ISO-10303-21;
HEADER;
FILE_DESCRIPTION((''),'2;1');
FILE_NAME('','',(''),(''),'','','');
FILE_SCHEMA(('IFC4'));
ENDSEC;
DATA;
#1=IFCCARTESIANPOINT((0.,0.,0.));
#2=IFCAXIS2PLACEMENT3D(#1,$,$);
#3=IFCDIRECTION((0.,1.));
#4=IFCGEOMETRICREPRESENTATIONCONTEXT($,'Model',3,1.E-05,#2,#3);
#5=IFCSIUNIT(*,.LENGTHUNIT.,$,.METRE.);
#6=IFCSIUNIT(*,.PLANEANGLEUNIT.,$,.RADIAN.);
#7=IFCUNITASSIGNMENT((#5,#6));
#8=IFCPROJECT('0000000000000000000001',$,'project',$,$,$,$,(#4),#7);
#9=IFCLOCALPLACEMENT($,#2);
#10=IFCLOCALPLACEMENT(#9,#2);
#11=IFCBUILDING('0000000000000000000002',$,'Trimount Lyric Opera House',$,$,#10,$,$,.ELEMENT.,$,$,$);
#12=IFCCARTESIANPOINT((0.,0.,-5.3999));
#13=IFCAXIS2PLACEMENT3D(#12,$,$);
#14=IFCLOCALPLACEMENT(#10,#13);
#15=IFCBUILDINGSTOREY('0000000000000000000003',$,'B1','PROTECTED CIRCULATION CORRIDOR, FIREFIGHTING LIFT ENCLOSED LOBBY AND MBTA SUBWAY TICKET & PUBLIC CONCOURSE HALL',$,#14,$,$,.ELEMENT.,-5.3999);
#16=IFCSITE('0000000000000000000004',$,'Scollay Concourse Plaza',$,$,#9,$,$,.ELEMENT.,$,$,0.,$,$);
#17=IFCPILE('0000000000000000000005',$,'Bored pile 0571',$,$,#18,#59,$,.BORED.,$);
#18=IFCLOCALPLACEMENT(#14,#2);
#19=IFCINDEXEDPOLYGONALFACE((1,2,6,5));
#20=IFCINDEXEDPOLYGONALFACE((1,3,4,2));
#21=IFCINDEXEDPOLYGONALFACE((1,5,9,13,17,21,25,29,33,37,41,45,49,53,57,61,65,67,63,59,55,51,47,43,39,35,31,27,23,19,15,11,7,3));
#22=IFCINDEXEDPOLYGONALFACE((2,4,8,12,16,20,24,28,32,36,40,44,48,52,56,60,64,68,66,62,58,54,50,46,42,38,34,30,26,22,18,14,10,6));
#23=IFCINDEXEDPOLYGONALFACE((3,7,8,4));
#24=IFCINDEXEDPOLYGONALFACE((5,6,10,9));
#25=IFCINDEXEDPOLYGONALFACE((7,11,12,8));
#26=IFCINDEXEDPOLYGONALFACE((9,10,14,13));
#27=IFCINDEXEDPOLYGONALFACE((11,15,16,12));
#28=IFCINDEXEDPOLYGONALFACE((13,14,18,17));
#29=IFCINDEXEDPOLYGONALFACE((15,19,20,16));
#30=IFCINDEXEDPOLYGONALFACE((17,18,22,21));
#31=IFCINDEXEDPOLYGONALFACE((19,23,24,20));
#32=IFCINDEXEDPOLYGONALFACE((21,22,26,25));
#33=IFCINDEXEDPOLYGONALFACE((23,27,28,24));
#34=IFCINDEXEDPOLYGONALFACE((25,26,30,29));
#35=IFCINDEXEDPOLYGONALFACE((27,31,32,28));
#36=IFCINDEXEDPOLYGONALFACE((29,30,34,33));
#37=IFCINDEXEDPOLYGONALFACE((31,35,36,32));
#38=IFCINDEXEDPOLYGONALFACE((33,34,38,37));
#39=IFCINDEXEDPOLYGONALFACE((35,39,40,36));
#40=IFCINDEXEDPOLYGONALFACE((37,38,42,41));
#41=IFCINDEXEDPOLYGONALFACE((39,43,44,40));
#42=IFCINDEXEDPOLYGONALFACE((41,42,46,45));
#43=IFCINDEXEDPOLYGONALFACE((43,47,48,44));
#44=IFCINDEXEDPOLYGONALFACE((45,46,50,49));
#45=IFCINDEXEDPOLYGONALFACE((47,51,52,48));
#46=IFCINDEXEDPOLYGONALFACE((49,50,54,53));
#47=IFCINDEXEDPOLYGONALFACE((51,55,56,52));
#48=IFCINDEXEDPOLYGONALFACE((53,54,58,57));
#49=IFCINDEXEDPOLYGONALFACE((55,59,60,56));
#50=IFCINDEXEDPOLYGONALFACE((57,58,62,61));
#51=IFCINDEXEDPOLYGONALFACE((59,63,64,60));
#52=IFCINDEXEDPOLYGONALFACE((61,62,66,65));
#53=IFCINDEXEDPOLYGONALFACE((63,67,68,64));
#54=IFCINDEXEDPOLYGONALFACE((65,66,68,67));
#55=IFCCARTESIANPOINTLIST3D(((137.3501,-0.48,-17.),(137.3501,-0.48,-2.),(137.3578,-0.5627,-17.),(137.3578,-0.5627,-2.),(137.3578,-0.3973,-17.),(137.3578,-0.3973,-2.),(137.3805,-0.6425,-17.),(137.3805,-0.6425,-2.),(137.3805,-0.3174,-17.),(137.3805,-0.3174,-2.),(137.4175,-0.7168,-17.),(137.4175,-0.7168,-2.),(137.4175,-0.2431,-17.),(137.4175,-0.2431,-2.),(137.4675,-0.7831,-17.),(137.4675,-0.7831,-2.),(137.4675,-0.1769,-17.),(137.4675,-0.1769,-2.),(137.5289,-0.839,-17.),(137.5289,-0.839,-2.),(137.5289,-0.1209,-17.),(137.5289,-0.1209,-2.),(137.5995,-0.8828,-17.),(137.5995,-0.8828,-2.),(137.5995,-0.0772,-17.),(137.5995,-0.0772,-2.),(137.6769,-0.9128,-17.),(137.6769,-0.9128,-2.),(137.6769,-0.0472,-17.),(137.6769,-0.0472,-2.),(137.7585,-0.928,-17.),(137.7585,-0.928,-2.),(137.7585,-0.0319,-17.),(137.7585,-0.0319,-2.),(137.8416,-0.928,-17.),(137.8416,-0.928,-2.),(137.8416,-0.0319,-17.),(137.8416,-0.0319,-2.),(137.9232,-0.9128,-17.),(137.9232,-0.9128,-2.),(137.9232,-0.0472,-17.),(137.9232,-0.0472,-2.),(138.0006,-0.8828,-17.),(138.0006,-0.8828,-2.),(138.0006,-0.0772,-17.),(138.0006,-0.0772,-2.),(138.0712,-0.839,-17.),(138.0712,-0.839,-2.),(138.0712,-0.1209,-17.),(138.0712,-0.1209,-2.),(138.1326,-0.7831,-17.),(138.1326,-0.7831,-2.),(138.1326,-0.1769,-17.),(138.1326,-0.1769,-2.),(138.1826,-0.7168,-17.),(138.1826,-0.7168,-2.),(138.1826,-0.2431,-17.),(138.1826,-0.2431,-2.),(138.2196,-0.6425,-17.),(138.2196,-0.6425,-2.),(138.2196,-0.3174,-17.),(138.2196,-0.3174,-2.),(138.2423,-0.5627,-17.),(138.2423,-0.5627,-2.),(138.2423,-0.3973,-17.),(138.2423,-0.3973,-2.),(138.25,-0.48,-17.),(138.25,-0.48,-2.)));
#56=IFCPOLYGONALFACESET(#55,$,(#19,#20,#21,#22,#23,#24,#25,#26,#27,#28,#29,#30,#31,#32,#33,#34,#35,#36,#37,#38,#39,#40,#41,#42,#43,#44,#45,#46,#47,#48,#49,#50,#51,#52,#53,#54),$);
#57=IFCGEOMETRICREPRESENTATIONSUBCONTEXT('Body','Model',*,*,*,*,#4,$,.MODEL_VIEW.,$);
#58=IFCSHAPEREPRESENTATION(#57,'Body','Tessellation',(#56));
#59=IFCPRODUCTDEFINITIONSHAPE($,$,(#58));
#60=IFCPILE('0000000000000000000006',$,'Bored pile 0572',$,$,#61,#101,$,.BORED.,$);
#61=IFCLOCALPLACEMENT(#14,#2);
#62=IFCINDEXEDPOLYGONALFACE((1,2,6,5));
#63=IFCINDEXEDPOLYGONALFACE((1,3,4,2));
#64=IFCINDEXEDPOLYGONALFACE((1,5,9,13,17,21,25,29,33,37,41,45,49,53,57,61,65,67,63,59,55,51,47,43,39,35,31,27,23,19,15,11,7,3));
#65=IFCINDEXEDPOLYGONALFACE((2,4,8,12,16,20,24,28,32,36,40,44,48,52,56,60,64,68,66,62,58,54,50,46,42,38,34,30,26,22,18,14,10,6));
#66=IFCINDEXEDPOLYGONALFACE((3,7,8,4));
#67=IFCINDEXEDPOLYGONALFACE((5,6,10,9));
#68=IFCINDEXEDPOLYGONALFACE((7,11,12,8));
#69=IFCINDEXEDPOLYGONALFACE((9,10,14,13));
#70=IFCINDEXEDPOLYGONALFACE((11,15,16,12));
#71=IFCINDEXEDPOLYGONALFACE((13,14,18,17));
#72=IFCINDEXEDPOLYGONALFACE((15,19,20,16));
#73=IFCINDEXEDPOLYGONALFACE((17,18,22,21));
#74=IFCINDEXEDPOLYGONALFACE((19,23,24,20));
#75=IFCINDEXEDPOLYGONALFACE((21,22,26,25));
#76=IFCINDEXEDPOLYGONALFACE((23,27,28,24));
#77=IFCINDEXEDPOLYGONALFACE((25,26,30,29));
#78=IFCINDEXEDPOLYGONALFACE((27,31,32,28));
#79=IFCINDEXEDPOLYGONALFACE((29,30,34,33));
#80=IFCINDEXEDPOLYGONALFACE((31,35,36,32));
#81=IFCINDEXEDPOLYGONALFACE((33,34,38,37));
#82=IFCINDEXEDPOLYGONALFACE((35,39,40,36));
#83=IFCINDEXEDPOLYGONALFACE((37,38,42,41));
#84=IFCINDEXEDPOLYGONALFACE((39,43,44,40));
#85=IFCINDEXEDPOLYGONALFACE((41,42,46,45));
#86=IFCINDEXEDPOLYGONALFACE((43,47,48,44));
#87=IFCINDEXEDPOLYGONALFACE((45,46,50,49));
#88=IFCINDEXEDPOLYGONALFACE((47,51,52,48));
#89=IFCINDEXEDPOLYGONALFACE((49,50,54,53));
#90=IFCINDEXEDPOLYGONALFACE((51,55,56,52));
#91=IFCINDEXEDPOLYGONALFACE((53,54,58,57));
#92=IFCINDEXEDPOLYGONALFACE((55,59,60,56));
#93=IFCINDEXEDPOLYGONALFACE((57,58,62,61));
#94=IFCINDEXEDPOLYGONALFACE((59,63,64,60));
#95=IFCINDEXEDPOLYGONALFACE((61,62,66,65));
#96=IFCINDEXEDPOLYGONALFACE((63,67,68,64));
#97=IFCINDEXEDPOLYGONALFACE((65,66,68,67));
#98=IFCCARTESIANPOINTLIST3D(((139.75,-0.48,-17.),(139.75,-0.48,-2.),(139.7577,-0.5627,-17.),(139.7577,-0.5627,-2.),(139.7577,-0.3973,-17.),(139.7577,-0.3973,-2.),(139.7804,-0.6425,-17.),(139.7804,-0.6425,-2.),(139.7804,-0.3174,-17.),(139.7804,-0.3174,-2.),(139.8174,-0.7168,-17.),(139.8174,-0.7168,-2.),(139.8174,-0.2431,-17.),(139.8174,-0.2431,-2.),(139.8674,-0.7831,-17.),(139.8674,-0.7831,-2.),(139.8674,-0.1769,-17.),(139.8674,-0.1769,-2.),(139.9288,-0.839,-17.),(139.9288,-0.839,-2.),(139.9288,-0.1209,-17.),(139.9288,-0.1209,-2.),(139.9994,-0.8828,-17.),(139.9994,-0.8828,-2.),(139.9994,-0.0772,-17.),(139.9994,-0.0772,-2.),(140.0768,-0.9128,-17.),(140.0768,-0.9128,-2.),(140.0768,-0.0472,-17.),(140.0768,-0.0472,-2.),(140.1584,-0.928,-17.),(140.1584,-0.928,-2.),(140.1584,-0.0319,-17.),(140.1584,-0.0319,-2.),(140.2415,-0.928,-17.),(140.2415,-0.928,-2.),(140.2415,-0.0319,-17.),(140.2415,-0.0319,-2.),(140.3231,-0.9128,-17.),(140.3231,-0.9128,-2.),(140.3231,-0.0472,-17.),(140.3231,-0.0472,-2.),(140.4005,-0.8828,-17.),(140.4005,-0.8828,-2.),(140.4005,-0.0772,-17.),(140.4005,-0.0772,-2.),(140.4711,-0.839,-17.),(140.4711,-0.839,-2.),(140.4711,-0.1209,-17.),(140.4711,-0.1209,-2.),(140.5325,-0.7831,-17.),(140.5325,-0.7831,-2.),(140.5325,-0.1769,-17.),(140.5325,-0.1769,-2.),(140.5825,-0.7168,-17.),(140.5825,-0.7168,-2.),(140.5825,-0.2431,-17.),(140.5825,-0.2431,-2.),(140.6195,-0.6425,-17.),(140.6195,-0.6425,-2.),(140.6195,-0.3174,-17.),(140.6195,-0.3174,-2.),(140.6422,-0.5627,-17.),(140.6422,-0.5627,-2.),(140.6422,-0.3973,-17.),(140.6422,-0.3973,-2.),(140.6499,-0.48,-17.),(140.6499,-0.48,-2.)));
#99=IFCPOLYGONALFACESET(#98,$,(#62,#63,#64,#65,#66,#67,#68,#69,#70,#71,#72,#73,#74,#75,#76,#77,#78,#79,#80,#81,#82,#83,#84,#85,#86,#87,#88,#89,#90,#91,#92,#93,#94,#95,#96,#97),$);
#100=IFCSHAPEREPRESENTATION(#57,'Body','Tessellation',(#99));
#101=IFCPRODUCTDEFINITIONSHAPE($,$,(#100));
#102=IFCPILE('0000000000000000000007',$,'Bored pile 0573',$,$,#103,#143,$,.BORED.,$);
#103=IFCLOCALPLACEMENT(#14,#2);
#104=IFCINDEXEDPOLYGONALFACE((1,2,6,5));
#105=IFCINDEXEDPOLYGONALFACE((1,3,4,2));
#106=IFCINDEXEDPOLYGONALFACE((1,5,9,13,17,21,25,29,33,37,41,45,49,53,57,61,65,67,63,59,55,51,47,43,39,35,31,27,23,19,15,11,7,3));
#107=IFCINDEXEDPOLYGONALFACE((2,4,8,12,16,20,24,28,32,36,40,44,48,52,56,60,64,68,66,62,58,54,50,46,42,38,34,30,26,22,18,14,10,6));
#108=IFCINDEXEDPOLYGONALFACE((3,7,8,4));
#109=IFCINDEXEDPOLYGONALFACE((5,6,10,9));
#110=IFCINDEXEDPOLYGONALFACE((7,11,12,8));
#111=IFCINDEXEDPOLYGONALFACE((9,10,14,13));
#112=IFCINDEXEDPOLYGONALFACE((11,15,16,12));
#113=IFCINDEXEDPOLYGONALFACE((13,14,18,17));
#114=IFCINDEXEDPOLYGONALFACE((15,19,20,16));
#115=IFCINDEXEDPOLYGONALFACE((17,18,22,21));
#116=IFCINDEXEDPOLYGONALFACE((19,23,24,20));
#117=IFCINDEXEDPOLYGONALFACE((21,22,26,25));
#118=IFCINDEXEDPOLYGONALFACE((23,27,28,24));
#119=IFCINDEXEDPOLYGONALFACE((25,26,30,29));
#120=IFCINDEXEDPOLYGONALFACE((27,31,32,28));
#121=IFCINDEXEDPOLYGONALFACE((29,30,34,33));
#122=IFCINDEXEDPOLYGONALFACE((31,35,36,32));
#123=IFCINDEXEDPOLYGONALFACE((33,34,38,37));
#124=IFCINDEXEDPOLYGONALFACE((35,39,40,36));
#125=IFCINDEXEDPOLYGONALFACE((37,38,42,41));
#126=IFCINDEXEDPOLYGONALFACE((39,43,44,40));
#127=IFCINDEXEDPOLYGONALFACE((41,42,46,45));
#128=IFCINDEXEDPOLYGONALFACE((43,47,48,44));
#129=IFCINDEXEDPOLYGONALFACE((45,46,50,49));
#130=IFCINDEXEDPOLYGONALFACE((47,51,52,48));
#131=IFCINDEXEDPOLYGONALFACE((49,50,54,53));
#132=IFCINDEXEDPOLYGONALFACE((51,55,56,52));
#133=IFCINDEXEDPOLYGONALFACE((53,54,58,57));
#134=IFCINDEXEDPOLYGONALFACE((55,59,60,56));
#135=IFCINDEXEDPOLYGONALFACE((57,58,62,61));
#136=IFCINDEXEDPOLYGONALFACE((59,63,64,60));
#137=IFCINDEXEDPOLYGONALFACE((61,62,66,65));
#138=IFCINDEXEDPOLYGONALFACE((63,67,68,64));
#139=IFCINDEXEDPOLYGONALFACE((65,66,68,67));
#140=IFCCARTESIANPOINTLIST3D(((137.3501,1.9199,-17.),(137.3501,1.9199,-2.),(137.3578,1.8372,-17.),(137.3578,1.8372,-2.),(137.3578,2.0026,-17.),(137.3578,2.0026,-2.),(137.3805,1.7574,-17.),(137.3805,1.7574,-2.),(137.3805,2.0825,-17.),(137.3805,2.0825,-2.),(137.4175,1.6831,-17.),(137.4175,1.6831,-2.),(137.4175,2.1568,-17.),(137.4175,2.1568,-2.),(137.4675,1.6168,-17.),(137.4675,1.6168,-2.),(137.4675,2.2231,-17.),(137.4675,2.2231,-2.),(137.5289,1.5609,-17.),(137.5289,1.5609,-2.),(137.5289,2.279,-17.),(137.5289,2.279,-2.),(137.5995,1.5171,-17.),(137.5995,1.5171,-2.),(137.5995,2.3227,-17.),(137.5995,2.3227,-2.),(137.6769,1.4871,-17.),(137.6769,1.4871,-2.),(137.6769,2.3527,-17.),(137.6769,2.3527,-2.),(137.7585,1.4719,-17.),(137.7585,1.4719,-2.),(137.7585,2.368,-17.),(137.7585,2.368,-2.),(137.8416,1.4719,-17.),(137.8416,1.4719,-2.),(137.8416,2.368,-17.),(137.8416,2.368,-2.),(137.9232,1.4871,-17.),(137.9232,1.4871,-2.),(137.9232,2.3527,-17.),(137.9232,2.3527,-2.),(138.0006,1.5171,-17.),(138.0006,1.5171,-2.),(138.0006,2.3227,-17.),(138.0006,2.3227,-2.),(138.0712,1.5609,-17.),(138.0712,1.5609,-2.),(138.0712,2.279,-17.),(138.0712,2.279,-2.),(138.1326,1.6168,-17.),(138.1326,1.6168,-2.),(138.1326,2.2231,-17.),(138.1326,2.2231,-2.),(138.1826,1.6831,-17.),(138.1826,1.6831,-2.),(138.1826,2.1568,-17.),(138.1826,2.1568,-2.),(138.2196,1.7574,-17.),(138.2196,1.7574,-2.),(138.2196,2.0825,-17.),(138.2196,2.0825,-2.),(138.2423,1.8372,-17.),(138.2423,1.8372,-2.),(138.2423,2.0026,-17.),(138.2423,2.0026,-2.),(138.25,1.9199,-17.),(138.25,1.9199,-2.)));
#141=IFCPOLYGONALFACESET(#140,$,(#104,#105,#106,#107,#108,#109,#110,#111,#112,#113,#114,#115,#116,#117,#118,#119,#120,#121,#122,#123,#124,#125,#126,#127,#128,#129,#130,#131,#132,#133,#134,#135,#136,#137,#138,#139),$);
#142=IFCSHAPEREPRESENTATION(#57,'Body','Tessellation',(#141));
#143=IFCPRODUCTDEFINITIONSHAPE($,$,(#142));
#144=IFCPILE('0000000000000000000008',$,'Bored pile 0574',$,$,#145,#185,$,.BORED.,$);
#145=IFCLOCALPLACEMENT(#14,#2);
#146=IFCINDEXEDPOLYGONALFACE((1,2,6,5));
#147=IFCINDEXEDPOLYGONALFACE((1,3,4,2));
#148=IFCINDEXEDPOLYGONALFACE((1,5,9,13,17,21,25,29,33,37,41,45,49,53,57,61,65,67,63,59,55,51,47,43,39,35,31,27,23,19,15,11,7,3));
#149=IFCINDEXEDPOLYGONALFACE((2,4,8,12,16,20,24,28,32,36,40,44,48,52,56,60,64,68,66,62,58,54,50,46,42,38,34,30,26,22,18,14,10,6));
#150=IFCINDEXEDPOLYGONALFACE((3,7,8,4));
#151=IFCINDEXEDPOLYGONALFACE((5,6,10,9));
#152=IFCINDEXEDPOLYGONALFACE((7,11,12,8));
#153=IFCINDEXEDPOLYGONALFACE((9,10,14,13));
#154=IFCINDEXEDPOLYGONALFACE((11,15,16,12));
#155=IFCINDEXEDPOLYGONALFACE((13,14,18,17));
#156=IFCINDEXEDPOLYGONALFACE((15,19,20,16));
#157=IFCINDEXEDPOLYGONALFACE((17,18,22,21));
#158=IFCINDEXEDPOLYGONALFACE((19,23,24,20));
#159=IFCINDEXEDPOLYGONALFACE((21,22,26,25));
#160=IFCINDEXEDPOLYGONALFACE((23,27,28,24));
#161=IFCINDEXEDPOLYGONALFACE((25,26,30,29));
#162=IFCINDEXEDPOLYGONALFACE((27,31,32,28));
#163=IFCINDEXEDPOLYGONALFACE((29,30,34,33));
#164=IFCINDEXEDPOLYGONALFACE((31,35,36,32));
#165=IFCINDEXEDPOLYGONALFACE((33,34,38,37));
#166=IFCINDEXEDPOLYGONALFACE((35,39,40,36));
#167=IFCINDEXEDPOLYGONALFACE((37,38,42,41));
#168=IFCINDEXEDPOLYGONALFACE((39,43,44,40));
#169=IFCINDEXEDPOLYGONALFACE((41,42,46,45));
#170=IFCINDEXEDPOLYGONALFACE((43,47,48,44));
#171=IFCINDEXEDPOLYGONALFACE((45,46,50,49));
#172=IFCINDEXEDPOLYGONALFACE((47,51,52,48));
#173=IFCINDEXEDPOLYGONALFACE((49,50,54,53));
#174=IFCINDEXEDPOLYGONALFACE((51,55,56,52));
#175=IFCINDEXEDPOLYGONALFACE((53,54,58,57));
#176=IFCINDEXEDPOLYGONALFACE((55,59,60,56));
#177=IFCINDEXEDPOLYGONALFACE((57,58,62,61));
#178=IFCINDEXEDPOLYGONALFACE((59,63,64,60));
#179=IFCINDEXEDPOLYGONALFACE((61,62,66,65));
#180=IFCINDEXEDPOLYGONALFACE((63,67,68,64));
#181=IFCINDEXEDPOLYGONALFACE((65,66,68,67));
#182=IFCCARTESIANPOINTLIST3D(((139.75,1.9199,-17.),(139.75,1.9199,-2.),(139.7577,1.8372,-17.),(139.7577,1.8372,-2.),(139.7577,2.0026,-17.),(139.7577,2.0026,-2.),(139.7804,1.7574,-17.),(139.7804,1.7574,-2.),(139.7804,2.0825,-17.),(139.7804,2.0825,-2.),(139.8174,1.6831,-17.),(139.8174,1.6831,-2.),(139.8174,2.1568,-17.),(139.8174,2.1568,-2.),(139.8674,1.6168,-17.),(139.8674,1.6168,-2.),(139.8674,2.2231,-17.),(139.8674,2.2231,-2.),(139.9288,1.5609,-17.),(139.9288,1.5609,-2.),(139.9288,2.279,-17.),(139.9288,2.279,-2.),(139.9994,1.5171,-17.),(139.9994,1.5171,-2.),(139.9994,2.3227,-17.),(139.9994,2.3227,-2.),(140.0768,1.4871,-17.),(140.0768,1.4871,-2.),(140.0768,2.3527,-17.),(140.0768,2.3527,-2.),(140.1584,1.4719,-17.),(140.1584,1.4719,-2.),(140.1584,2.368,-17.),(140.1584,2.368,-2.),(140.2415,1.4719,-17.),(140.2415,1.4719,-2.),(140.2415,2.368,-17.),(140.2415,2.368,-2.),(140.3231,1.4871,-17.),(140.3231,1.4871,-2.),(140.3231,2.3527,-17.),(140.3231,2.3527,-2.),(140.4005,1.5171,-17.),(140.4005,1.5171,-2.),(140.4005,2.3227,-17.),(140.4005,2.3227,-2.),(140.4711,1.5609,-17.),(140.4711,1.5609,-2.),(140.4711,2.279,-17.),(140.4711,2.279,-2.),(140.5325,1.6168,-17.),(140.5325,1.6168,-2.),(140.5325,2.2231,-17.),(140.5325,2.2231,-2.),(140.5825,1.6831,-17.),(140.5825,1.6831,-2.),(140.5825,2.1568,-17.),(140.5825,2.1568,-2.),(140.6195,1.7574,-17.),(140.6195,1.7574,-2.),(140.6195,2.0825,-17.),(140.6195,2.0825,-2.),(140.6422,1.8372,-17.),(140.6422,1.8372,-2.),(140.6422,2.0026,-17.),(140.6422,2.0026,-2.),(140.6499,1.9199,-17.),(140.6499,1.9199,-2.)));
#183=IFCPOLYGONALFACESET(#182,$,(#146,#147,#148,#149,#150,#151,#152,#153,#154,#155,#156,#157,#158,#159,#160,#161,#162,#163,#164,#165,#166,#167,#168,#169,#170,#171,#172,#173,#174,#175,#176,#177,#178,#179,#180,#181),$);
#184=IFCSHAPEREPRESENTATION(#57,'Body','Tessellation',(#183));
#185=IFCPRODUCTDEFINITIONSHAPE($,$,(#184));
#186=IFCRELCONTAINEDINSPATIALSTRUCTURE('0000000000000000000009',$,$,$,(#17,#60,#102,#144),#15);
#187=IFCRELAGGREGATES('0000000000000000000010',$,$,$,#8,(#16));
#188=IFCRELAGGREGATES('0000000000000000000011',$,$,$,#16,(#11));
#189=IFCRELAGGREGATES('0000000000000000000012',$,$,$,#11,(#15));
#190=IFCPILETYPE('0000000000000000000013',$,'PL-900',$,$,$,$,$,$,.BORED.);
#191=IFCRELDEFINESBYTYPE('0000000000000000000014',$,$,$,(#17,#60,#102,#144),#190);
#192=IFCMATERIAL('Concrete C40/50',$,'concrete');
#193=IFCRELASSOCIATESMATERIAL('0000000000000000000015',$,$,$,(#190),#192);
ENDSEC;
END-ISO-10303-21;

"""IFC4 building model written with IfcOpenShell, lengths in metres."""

from ifc_helpers import new_model, si_unit, direction, frame, origin, origin_2d, place, context, subcontext, project, spatial, circle, extrude, material, material_profile, profile_set, type_object, element, save


model = new_model("IFC4")

# Units and contexts
model_context = context("Model", 3, precision=1e-05, world=origin(), true_north=direction((0.0, 1.0)))
body_context = subcontext(model_context, "Body", "Model", "MODEL_VIEW")
ifc_project = project(units=[si_unit("LENGTHUNIT", "METRE"), si_unit("PLANEANGLEUNIT", "RADIAN")], contexts=[model_context])

# Site, building, storey
site_placement = place(None, origin())
site = spatial("IfcSite", under=ifc_project, at=site_placement, Name="Scollay Concourse Plaza", CompositionType="ELEMENT", RefElevation=0.0)
building_placement = place(site_placement, origin())
building = spatial("IfcBuilding", under=site, at=building_placement, Name="Trimount Lyric Opera House", CompositionType="ELEMENT")
storey_placement = place(building_placement, frame((0.0, 0.0, -5.3999)))
storey = spatial("IfcBuildingStorey", under=building, at=storey_placement, Name="B1", Description="PROTECTED CIRCULATION CORRIDOR, FIREFIGHTING LIFT ENCLOSED LOBBY AND MBTA SUBWAY TICKET & PUBLIC CONCOURSE HALL", CompositionType="ELEMENT", Elevation=-5.3999)

# Piles
ifc_material_1 = material(Name="Concrete C40/50", Category="concrete")
ifc_material_profile_1 = material_profile(ifc_material_1, circle(Radius=0.45, at=origin_2d()), Name="PILE-D900")
ifc_profile_set_1 = profile_set([ifc_material_profile_1], Name="Concrete C40/50")
pile_type_1 = type_object("IfcPileType", Name="PL-900", PredefinedType="BORED", material=ifc_profile_set_1)
for number, where, z_axis, x_axis, name in (
    (1, (137.8, -0.48, -2.0), (0.0, 0.0, -1.0), (1.0, 0.0, 0.0), "Bored pile 0571"),
    (2, (140.2, -0.48, -2.0), (0.0, 0.0, -1.0), (1.0, 0.0, 0.0), "Bored pile 0572"),
    (3, (137.8, 1.9199, -2.0), (0.0, 0.0, -1.0), (1.0, 0.0, 0.0), "Bored pile 0573"),
    (4, (140.2, 1.9199, -2.0), (0.0, 0.0, -1.0), (1.0, 0.0, 0.0), "Bored pile 0574"),
):
    element("IfcPile", number, at=place(storey_placement, frame(where, z_axis=z_axis, x_axis=x_axis)), inside=storey, type_object=pile_type_1, Name=name, PredefinedType="BORED", context=body_context, shape_type="SweptSolid", body=[
        extrude(circle(Radius=0.45, at=origin_2d()), origin(), (0.0, 0.0, 1.0), 15.0),
    ])

save(model, "model.ifc")
